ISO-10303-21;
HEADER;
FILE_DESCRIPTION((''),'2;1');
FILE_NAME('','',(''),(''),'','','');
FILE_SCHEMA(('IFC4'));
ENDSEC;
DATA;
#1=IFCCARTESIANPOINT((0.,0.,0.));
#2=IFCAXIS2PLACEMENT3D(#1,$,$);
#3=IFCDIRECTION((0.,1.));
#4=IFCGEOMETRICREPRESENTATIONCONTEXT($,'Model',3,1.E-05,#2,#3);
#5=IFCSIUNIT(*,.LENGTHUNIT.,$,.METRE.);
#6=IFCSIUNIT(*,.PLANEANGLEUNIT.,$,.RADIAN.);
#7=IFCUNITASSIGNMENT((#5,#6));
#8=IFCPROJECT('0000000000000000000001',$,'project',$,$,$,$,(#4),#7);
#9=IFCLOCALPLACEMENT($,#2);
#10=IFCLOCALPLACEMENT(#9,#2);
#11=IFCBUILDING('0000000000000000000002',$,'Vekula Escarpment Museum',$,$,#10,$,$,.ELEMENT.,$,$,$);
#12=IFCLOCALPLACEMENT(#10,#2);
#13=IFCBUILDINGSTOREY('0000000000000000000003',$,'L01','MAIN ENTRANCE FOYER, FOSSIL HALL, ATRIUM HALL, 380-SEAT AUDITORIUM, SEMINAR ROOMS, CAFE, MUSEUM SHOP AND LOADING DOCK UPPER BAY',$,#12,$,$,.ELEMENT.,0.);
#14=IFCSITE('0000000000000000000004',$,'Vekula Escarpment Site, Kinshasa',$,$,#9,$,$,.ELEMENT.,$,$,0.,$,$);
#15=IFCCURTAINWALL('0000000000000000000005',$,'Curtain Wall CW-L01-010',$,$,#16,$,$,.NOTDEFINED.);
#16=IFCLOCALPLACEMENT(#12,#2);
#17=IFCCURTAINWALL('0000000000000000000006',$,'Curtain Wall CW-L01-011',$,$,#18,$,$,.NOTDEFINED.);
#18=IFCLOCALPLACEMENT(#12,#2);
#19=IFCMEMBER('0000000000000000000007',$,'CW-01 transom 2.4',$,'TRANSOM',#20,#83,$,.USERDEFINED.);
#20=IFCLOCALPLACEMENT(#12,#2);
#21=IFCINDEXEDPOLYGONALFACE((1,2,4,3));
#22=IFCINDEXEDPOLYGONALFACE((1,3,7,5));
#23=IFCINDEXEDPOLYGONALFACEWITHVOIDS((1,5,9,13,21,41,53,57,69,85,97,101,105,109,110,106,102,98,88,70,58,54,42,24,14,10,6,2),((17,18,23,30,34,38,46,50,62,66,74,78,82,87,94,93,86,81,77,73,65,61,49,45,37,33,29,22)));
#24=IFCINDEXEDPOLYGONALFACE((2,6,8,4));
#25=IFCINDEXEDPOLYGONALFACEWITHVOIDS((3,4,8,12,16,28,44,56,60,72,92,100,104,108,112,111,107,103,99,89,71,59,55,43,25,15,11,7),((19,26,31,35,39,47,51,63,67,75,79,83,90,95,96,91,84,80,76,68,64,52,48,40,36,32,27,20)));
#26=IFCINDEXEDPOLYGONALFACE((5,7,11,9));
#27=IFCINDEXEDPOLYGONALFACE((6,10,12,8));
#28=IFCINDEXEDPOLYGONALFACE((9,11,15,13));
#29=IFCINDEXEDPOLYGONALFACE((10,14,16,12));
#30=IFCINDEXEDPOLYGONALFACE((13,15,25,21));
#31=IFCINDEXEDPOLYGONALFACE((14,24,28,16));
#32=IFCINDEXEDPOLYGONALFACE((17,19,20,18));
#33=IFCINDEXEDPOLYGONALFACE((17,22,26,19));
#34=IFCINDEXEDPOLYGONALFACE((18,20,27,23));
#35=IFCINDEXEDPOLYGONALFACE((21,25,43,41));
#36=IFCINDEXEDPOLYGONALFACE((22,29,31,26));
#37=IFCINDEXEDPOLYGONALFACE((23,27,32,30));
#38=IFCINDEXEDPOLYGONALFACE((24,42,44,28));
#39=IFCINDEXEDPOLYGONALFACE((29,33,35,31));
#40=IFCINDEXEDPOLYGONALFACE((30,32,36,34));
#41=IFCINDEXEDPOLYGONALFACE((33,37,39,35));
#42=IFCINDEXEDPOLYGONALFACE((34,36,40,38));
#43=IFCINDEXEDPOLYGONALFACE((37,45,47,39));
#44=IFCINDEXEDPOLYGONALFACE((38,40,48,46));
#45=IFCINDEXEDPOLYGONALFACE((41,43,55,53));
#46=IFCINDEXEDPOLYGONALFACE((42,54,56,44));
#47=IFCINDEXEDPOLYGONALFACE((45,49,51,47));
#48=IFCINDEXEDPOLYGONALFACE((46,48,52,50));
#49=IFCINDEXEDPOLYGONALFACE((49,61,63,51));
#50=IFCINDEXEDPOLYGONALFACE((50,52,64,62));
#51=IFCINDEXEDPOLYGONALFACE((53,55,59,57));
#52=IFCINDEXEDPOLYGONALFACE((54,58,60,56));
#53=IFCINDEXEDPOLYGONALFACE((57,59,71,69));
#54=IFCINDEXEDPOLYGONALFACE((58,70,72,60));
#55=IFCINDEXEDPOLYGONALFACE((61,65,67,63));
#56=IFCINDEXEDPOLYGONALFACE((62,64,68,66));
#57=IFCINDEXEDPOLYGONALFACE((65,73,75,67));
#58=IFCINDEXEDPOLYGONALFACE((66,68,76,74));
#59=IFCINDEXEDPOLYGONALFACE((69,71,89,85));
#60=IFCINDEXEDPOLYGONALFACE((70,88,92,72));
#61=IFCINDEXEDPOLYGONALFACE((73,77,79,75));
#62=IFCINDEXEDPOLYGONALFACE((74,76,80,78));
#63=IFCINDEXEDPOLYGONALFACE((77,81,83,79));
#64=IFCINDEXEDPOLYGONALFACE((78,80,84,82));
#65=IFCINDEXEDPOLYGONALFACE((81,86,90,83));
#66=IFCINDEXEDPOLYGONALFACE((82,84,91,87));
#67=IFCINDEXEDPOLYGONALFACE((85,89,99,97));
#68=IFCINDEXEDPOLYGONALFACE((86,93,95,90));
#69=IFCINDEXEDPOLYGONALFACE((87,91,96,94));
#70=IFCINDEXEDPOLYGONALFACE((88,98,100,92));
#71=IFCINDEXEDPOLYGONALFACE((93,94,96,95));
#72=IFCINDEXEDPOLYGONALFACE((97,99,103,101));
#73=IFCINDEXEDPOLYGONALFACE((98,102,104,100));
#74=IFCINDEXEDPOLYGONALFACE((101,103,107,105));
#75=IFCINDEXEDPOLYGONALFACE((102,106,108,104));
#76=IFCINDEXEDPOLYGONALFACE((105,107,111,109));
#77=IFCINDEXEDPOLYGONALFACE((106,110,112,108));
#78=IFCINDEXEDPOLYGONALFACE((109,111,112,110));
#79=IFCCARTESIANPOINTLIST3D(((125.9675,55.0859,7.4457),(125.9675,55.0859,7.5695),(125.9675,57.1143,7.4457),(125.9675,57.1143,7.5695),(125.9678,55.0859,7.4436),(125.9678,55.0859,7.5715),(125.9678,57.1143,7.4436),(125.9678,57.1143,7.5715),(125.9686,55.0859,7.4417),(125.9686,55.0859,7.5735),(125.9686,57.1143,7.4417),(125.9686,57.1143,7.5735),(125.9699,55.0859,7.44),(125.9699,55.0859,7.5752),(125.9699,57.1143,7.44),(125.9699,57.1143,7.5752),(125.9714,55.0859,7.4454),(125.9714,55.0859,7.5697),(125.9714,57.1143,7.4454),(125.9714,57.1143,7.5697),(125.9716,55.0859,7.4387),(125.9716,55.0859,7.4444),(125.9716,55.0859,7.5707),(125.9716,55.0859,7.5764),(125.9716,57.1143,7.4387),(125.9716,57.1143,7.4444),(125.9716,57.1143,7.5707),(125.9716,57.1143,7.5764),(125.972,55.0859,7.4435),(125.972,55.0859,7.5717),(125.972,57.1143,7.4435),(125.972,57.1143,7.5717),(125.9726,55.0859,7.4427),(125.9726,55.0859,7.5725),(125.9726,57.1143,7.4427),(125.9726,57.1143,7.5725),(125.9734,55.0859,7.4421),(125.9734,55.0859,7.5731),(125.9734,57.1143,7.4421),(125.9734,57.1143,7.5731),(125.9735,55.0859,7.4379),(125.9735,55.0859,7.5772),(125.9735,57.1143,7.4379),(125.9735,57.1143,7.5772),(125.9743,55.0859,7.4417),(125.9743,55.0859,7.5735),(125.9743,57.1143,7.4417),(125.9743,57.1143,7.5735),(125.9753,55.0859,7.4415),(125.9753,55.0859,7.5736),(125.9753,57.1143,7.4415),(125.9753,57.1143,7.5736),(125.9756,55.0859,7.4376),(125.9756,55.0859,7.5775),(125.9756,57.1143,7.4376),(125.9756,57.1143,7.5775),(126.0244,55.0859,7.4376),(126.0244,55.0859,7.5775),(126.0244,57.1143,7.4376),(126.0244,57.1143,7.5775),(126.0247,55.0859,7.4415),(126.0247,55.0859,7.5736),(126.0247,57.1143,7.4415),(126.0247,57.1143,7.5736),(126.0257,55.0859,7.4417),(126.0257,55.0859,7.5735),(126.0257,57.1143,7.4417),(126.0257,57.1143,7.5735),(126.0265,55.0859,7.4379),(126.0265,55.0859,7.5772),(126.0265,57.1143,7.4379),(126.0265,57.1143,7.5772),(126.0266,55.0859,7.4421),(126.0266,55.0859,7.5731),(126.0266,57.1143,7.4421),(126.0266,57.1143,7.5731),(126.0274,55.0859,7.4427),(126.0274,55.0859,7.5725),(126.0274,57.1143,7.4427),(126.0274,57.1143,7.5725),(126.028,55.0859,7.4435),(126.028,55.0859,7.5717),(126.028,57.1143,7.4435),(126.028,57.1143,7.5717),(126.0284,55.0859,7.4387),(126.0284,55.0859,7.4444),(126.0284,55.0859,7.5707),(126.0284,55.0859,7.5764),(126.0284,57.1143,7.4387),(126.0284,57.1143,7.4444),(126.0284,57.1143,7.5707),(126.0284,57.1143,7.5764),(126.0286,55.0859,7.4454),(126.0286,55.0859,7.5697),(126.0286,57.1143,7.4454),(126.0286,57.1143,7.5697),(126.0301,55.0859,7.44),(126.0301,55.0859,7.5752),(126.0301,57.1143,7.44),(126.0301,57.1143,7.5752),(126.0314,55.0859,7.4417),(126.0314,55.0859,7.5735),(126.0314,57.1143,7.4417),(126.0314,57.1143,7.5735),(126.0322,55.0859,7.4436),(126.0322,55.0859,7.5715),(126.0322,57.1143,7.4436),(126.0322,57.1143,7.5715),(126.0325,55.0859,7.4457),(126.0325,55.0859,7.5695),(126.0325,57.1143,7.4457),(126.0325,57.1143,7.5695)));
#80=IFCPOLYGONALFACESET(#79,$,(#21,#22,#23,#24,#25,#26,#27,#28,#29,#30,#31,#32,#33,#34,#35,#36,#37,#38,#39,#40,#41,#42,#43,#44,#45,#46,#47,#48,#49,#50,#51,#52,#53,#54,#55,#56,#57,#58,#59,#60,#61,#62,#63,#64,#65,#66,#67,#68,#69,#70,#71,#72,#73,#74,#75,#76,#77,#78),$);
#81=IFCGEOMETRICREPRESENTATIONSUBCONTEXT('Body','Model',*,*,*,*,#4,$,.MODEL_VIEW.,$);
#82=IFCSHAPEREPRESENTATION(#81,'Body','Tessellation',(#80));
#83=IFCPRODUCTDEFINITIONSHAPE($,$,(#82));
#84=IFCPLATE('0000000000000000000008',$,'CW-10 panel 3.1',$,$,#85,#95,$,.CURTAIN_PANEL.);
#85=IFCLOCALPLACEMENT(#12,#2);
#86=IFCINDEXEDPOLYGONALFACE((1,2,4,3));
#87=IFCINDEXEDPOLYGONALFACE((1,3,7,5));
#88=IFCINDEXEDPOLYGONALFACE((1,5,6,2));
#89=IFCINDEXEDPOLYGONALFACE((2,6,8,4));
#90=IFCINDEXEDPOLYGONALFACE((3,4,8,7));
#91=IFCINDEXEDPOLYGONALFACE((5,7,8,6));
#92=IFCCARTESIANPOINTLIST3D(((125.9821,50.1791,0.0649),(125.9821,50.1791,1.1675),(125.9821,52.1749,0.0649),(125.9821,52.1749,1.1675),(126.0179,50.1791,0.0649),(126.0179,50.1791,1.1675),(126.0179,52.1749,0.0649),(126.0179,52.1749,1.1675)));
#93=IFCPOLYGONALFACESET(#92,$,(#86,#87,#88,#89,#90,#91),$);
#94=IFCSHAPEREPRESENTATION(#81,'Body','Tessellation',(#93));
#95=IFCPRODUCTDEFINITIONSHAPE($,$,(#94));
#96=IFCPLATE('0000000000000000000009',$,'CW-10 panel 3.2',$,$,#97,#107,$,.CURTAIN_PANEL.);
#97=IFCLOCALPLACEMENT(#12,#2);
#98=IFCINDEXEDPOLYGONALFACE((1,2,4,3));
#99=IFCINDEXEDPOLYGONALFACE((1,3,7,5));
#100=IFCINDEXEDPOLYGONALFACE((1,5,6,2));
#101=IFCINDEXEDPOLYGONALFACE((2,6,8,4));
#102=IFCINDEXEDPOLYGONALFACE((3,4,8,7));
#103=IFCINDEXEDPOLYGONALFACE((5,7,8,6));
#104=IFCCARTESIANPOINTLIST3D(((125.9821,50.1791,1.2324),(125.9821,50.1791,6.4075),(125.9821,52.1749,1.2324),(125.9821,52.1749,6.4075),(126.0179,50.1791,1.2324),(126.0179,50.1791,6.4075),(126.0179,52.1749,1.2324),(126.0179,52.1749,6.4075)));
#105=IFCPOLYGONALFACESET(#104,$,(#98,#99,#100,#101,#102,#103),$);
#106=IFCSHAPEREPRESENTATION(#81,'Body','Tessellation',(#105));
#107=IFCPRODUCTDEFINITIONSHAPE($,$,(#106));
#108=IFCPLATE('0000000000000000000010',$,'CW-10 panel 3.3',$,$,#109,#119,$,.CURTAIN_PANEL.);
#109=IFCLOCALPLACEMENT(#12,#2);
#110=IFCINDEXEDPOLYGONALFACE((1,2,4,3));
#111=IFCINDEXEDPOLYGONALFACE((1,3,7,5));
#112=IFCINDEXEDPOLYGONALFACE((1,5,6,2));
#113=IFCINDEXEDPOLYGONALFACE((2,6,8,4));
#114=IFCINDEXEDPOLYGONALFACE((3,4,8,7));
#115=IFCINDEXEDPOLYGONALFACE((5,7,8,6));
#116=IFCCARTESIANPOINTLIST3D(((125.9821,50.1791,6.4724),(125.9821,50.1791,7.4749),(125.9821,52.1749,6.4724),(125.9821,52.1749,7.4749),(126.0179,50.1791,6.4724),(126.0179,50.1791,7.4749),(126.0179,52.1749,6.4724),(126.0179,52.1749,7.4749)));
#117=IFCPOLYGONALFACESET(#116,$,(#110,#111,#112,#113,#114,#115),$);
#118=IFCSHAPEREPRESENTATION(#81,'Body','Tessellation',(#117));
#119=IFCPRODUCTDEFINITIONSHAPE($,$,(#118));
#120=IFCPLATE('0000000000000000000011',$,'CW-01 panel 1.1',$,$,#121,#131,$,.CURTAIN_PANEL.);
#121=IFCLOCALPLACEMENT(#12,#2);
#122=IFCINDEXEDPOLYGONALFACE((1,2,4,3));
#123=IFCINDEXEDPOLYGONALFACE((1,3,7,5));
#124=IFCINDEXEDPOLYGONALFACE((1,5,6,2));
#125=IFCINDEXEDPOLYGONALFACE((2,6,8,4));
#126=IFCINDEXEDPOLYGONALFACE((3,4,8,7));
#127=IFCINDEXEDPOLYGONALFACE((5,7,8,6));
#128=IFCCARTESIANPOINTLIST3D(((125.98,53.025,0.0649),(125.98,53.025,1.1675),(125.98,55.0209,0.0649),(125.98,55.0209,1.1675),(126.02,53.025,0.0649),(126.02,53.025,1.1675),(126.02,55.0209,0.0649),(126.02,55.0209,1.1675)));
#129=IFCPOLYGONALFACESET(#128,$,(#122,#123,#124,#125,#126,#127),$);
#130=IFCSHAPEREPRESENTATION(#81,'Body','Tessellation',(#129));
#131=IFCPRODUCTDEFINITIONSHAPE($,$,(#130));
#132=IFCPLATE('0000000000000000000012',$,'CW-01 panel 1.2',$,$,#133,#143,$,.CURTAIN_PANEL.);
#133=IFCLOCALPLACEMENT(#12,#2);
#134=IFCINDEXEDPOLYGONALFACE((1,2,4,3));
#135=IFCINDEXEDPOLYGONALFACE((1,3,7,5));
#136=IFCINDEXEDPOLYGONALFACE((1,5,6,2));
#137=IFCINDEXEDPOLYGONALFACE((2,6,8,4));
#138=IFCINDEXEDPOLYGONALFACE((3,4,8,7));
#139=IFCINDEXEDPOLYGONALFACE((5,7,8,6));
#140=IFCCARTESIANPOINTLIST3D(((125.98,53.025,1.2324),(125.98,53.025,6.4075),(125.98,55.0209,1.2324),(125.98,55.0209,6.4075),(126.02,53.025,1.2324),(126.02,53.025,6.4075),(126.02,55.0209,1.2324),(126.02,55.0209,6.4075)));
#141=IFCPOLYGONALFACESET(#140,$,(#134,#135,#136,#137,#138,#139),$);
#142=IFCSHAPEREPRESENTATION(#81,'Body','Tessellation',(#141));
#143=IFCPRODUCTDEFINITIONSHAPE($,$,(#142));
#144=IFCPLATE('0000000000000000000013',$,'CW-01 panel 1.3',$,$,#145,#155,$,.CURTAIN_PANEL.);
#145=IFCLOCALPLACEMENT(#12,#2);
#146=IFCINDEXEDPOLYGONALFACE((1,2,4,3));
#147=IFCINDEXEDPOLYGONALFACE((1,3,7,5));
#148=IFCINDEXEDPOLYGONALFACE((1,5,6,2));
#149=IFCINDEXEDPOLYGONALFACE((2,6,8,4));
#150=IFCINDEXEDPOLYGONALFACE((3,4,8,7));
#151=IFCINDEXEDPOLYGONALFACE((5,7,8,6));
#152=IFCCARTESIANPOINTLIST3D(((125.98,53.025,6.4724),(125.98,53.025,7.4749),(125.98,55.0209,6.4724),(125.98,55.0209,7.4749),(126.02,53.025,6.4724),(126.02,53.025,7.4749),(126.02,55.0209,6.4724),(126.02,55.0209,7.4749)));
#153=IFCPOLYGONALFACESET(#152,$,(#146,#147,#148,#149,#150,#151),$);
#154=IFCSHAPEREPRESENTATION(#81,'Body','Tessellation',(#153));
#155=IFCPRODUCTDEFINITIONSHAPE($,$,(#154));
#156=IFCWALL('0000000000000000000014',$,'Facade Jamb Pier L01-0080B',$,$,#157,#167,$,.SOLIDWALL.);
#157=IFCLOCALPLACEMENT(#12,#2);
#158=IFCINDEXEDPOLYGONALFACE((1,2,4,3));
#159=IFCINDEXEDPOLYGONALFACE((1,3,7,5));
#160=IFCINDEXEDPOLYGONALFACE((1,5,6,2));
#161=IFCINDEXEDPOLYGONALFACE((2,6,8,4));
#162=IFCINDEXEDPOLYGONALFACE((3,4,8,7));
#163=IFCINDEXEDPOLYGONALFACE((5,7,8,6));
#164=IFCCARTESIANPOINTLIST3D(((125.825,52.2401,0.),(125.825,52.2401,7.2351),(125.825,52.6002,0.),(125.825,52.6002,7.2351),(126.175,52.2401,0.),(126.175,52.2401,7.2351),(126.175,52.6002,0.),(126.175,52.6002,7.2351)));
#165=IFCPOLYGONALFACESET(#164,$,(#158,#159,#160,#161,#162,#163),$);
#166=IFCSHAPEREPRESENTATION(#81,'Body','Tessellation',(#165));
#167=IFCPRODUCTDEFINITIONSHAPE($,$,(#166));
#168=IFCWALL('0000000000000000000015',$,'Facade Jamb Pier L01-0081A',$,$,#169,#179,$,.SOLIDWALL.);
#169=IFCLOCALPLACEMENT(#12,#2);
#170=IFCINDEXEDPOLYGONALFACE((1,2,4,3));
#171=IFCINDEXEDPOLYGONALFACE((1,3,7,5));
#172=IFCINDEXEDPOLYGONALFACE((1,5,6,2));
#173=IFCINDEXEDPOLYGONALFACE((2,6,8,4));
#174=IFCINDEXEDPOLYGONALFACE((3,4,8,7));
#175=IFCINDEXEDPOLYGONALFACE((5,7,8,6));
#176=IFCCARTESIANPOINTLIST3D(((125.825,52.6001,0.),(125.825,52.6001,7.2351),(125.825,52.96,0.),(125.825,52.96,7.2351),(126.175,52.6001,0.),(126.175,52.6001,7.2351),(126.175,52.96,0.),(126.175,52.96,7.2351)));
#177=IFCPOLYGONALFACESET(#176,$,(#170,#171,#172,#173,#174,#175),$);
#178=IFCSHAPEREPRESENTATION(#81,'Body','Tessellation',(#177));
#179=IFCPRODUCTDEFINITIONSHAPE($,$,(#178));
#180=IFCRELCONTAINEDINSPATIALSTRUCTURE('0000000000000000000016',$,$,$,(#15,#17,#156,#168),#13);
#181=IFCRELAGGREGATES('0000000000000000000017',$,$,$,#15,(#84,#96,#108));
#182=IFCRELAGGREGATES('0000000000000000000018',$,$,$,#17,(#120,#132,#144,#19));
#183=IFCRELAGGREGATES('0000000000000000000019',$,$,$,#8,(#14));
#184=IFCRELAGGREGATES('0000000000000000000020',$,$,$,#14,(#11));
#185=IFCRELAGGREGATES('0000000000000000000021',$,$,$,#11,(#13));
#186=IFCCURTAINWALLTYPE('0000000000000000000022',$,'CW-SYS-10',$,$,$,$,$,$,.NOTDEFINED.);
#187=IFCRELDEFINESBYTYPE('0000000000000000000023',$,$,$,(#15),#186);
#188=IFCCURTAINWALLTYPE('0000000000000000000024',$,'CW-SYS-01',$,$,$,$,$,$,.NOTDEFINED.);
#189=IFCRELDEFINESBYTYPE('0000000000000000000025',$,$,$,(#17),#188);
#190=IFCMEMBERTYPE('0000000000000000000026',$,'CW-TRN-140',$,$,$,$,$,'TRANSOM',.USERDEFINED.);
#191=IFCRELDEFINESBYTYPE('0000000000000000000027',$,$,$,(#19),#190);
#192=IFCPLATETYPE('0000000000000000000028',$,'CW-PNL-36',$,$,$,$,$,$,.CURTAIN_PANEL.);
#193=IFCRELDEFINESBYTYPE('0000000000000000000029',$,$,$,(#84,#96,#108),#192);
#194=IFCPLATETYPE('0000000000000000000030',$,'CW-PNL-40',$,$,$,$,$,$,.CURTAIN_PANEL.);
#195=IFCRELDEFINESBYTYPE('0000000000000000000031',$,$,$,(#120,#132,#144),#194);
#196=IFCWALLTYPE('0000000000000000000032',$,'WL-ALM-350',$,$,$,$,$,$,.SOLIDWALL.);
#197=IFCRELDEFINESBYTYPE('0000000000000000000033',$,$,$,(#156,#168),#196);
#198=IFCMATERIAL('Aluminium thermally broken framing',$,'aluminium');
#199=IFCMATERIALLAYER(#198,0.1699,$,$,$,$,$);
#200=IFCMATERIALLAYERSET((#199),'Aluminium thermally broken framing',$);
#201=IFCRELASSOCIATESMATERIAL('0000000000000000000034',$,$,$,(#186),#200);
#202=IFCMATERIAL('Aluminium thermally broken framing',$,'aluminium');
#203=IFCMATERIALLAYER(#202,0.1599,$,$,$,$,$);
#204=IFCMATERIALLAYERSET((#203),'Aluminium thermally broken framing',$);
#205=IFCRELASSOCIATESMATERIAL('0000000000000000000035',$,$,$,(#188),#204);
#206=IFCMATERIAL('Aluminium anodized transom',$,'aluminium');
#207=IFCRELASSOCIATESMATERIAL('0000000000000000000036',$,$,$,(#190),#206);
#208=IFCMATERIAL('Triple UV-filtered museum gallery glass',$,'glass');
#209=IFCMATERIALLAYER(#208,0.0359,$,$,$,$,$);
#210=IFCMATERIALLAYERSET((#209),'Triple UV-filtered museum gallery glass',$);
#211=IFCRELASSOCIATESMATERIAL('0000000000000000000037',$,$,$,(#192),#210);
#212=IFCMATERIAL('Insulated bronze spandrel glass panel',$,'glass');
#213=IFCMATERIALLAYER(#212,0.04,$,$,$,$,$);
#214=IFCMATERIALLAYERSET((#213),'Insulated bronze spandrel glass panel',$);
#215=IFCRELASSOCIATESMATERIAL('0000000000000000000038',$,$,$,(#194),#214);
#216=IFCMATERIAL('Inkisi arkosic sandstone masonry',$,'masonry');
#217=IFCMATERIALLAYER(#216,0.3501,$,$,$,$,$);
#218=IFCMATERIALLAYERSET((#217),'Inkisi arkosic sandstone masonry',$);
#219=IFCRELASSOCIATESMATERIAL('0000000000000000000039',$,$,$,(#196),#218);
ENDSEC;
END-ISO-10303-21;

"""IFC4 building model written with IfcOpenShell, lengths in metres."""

from ifc_helpers import new_model, si_unit, direction, frame, frame_2d, origin, origin_2d, place, context, subcontext, project, spatial, rectangle, hollow_rectangle, extrude, material, layer, layer_set, material_profile, profile_set, type_object, element, aggregate, save


model = new_model("IFC4")

# Units and contexts
model_context = context("Model", 3, precision=1e-05, world=origin(), true_north=direction((0.0, 1.0)))
body_context = subcontext(model_context, "Body", "Model", "MODEL_VIEW")
ifc_project = project(units=[si_unit("LENGTHUNIT", "METRE"), si_unit("PLANEANGLEUNIT", "RADIAN")], contexts=[model_context])

# Site, building, storey
site_placement = place(None, origin())
site = spatial("IfcSite", under=ifc_project, at=site_placement, Name="Vekula Escarpment Site, Kinshasa", CompositionType="ELEMENT", RefElevation=0.0)
building_placement = place(site_placement, origin())
building = spatial("IfcBuilding", under=site, at=building_placement, Name="Vekula Escarpment Museum", CompositionType="ELEMENT")
storey_placement = place(building_placement, origin())
storey = spatial("IfcBuildingStorey", under=building, at=storey_placement, Name="L01", Description="MAIN ENTRANCE FOYER, FOSSIL HALL, ATRIUM HALL, 380-SEAT AUDITORIUM, SEMINAR ROOMS, CAFE, MUSEUM SHOP AND LOADING DOCK UPPER BAY", CompositionType="ELEMENT", Elevation=0.0)

# Curtain wall
ifc_material_1 = material(Name="Aluminium thermally broken framing", Category="aluminium")
ifc_layer_1 = layer(ifc_material_1, 0.1699)
ifc_layer_set_1 = layer_set([ifc_layer_1], Name="Aluminium thermally broken framing")
curtain_wall_type_1 = type_object("IfcCurtainWallType", Name="CW-SYS-10", PredefinedType="NOTDEFINED", material=ifc_layer_set_1)
curtain_wall_1_placement = place(storey_placement, origin())
curtain_wall_1 = element("IfcCurtainWall", 1, at=curtain_wall_1_placement, inside=storey, type_object=curtain_wall_type_1, Name="Curtain Wall CW-L01-010", PredefinedType="NOTDEFINED")

# Curtain wall
ifc_material_2 = material(Name="Aluminium thermally broken framing", Category="aluminium")
ifc_layer_2 = layer(ifc_material_2, 0.1599)
ifc_layer_set_2 = layer_set([ifc_layer_2], Name="Aluminium thermally broken framing")
curtain_wall_type_2 = type_object("IfcCurtainWallType", Name="CW-SYS-01", PredefinedType="NOTDEFINED", material=ifc_layer_set_2)
curtain_wall_2_placement = place(storey_placement, origin())
curtain_wall_2 = element("IfcCurtainWall", 2, at=curtain_wall_2_placement, inside=storey, type_object=curtain_wall_type_2, Name="Curtain Wall CW-L01-011", PredefinedType="NOTDEFINED")

# Member
ifc_material_3 = material(Name="Aluminium anodized transom", Category="aluminium")
ifc_material_profile_1 = material_profile(ifc_material_3, hollow_rectangle(XDim=0.0649, YDim=0.1399, WallThickness=0.0039, InnerFilletRadius=0.0039, OuterFilletRadius=0.0081, at=origin_2d()), Name="ALU 140x65x4")
ifc_profile_set_1 = profile_set([ifc_material_profile_1], Name="Aluminium anodized transom")
member_type_1 = type_object("IfcMemberType", Name="CW-TRN-140", ElementType="TRANSOM", PredefinedType="USERDEFINED", material=ifc_profile_set_1)
member_1_placement = place(storey_placement, frame((126.0, 55.0859, 7.5076), z_axis=(0.0, 1.0, 0.0), x_axis=(-1.0, 0.0, 0.0)))
member_1 = element("IfcMember", 3, at=member_1_placement, type_object=member_type_1, Name="CW-01 transom 2.4", ObjectType="TRANSOM", PredefinedType="USERDEFINED", context=body_context, shape_type="SweptSolid", body=[
    extrude(hollow_rectangle(XDim=0.0649, YDim=0.1399, WallThickness=0.0039, InnerFilletRadius=0.0039, OuterFilletRadius=0.0081, at=origin_2d()), origin(), (0.0, 0.0, 1.0), 2.0283),
])

# Plates
ifc_material_4 = material(Name="Triple UV-filtered museum gallery glass", Category="glass")
ifc_layer_3 = layer(ifc_material_4, 0.0359)
ifc_layer_set_3 = layer_set([ifc_layer_3], Name="Triple UV-filtered museum gallery glass")
plate_type_1 = type_object("IfcPlateType", Name="CW-PNL-36", PredefinedType="CURTAIN_PANEL", material=ifc_layer_set_3)
plate_1_placement = place(storey_placement, frame((126.0, 51.177, 0.0649), z_axis=(0.0, 0.0, 1.0), x_axis=(0.0, 1.0, 0.0)))
plate_1 = element("IfcPlate", 4, at=plate_1_placement, type_object=plate_type_1, Name="CW-10 panel 3.1", PredefinedType="CURTAIN_PANEL", context=body_context, shape_type="SweptSolid", body=[
    extrude(rectangle(XDim=1.9958, YDim=0.0359, at=origin_2d()), origin(), (0.0, 0.0, 1.0), 1.1025),
])
plate_2_placement = place(storey_placement, frame((126.0, 51.177, 1.2324), z_axis=(0.0, 0.0, 1.0), x_axis=(0.0, 1.0, 0.0)))
plate_2 = element("IfcPlate", 5, at=plate_2_placement, type_object=plate_type_1, Name="CW-10 panel 3.2", PredefinedType="CURTAIN_PANEL", context=body_context, shape_type="SweptSolid", body=[
    extrude(rectangle(XDim=1.9958, YDim=0.0359, at=origin_2d()), origin(), (0.0, 0.0, 1.0), 5.175),
])
plate_3_placement = place(storey_placement, frame((126.0, 51.177, 6.4724), z_axis=(0.0, 0.0, 1.0), x_axis=(0.0, 1.0, 0.0)))
plate_3 = element("IfcPlate", 6, at=plate_3_placement, type_object=plate_type_1, Name="CW-10 panel 3.3", PredefinedType="CURTAIN_PANEL", context=body_context, shape_type="SweptSolid", body=[
    extrude(rectangle(XDim=1.9958, YDim=0.0359, at=origin_2d()), origin(), (0.0, 0.0, 1.0), 1.0024),
])
aggregate(curtain_wall_1, [plate_1, plate_2, plate_3])
ifc_material_5 = material(Name="Insulated bronze spandrel glass panel", Category="glass")
ifc_layer_4 = layer(ifc_material_5, 0.04)
ifc_layer_set_4 = layer_set([ifc_layer_4], Name="Insulated bronze spandrel glass panel")
plate_type_2 = type_object("IfcPlateType", Name="CW-PNL-40", PredefinedType="CURTAIN_PANEL", material=ifc_layer_set_4)
plate_4_placement = place(storey_placement, frame((126.0, 54.0229, 0.0649), z_axis=(0.0, 0.0, 1.0), x_axis=(0.0, 1.0, 0.0)))
plate_4 = element("IfcPlate", 7, at=plate_4_placement, type_object=plate_type_2, Name="CW-01 panel 1.1", PredefinedType="CURTAIN_PANEL", context=body_context, shape_type="SweptSolid", body=[
    extrude(rectangle(XDim=1.9958, YDim=0.04, at=origin_2d()), origin(), (0.0, 0.0, 1.0), 1.1025),
])
plate_5_placement = place(storey_placement, frame((126.0, 54.0229, 1.2324), z_axis=(0.0, 0.0, 1.0), x_axis=(0.0, 1.0, 0.0)))
plate_5 = element("IfcPlate", 8, at=plate_5_placement, type_object=plate_type_2, Name="CW-01 panel 1.2", PredefinedType="CURTAIN_PANEL", context=body_context, shape_type="SweptSolid", body=[
    extrude(rectangle(XDim=1.9958, YDim=0.04, at=origin_2d()), origin(), (0.0, 0.0, 1.0), 5.175),
])
plate_6_placement = place(storey_placement, frame((126.0, 54.0229, 6.4724), z_axis=(0.0, 0.0, 1.0), x_axis=(0.0, 1.0, 0.0)))
plate_6 = element("IfcPlate", 9, at=plate_6_placement, type_object=plate_type_2, Name="CW-01 panel 1.3", PredefinedType="CURTAIN_PANEL", context=body_context, shape_type="SweptSolid", body=[
    extrude(rectangle(XDim=1.9958, YDim=0.04, at=origin_2d()), origin(), (0.0, 0.0, 1.0), 1.0024),
])
aggregate(curtain_wall_2, [plate_4, plate_5, plate_6, member_1])

# Walls
ifc_material_6 = material(Name="Inkisi arkosic sandstone masonry", Category="masonry")
ifc_layer_5 = layer(ifc_material_6, 0.3501)
ifc_layer_set_5 = layer_set([ifc_layer_5], Name="Inkisi arkosic sandstone masonry")
wall_type_1 = type_object("IfcWallType", Name="WL-ALM-350", PredefinedType="SOLIDWALL", material=ifc_layer_set_5)
wall_1_placement = place(storey_placement, frame((126.0, 52.24, 0.0), z_axis=(0.0, 0.0, 1.0), x_axis=(0.0, 1.0, 0.0)))
element("IfcWall", 10, at=wall_1_placement, inside=storey, type_object=wall_type_1, Name="Facade Jamb Pier L01-0080B", PredefinedType="SOLIDWALL", context=body_context, shape_type="SweptSolid", body=[
    extrude(rectangle(XDim=0.3601, YDim=0.3501, at=frame_2d((0.1802, 0.0))), origin(), (0.0, 0.0, 1.0), 7.2351),
])
wall_2_placement = place(storey_placement, frame((126.0, 52.6001, 0.0), z_axis=(0.0, 0.0, 1.0), x_axis=(0.0, 1.0, 0.0)))
element("IfcWall", 11, at=wall_2_placement, inside=storey, type_object=wall_type_1, Name="Facade Jamb Pier L01-0081A", PredefinedType="SOLIDWALL", context=body_context, shape_type="SweptSolid", body=[
    extrude(rectangle(XDim=0.3599, YDim=0.3501, at=frame_2d((0.1799, 0.0))), origin(), (0.0, 0.0, 1.0), 7.2351),
])

save(model, "model.ifc")
